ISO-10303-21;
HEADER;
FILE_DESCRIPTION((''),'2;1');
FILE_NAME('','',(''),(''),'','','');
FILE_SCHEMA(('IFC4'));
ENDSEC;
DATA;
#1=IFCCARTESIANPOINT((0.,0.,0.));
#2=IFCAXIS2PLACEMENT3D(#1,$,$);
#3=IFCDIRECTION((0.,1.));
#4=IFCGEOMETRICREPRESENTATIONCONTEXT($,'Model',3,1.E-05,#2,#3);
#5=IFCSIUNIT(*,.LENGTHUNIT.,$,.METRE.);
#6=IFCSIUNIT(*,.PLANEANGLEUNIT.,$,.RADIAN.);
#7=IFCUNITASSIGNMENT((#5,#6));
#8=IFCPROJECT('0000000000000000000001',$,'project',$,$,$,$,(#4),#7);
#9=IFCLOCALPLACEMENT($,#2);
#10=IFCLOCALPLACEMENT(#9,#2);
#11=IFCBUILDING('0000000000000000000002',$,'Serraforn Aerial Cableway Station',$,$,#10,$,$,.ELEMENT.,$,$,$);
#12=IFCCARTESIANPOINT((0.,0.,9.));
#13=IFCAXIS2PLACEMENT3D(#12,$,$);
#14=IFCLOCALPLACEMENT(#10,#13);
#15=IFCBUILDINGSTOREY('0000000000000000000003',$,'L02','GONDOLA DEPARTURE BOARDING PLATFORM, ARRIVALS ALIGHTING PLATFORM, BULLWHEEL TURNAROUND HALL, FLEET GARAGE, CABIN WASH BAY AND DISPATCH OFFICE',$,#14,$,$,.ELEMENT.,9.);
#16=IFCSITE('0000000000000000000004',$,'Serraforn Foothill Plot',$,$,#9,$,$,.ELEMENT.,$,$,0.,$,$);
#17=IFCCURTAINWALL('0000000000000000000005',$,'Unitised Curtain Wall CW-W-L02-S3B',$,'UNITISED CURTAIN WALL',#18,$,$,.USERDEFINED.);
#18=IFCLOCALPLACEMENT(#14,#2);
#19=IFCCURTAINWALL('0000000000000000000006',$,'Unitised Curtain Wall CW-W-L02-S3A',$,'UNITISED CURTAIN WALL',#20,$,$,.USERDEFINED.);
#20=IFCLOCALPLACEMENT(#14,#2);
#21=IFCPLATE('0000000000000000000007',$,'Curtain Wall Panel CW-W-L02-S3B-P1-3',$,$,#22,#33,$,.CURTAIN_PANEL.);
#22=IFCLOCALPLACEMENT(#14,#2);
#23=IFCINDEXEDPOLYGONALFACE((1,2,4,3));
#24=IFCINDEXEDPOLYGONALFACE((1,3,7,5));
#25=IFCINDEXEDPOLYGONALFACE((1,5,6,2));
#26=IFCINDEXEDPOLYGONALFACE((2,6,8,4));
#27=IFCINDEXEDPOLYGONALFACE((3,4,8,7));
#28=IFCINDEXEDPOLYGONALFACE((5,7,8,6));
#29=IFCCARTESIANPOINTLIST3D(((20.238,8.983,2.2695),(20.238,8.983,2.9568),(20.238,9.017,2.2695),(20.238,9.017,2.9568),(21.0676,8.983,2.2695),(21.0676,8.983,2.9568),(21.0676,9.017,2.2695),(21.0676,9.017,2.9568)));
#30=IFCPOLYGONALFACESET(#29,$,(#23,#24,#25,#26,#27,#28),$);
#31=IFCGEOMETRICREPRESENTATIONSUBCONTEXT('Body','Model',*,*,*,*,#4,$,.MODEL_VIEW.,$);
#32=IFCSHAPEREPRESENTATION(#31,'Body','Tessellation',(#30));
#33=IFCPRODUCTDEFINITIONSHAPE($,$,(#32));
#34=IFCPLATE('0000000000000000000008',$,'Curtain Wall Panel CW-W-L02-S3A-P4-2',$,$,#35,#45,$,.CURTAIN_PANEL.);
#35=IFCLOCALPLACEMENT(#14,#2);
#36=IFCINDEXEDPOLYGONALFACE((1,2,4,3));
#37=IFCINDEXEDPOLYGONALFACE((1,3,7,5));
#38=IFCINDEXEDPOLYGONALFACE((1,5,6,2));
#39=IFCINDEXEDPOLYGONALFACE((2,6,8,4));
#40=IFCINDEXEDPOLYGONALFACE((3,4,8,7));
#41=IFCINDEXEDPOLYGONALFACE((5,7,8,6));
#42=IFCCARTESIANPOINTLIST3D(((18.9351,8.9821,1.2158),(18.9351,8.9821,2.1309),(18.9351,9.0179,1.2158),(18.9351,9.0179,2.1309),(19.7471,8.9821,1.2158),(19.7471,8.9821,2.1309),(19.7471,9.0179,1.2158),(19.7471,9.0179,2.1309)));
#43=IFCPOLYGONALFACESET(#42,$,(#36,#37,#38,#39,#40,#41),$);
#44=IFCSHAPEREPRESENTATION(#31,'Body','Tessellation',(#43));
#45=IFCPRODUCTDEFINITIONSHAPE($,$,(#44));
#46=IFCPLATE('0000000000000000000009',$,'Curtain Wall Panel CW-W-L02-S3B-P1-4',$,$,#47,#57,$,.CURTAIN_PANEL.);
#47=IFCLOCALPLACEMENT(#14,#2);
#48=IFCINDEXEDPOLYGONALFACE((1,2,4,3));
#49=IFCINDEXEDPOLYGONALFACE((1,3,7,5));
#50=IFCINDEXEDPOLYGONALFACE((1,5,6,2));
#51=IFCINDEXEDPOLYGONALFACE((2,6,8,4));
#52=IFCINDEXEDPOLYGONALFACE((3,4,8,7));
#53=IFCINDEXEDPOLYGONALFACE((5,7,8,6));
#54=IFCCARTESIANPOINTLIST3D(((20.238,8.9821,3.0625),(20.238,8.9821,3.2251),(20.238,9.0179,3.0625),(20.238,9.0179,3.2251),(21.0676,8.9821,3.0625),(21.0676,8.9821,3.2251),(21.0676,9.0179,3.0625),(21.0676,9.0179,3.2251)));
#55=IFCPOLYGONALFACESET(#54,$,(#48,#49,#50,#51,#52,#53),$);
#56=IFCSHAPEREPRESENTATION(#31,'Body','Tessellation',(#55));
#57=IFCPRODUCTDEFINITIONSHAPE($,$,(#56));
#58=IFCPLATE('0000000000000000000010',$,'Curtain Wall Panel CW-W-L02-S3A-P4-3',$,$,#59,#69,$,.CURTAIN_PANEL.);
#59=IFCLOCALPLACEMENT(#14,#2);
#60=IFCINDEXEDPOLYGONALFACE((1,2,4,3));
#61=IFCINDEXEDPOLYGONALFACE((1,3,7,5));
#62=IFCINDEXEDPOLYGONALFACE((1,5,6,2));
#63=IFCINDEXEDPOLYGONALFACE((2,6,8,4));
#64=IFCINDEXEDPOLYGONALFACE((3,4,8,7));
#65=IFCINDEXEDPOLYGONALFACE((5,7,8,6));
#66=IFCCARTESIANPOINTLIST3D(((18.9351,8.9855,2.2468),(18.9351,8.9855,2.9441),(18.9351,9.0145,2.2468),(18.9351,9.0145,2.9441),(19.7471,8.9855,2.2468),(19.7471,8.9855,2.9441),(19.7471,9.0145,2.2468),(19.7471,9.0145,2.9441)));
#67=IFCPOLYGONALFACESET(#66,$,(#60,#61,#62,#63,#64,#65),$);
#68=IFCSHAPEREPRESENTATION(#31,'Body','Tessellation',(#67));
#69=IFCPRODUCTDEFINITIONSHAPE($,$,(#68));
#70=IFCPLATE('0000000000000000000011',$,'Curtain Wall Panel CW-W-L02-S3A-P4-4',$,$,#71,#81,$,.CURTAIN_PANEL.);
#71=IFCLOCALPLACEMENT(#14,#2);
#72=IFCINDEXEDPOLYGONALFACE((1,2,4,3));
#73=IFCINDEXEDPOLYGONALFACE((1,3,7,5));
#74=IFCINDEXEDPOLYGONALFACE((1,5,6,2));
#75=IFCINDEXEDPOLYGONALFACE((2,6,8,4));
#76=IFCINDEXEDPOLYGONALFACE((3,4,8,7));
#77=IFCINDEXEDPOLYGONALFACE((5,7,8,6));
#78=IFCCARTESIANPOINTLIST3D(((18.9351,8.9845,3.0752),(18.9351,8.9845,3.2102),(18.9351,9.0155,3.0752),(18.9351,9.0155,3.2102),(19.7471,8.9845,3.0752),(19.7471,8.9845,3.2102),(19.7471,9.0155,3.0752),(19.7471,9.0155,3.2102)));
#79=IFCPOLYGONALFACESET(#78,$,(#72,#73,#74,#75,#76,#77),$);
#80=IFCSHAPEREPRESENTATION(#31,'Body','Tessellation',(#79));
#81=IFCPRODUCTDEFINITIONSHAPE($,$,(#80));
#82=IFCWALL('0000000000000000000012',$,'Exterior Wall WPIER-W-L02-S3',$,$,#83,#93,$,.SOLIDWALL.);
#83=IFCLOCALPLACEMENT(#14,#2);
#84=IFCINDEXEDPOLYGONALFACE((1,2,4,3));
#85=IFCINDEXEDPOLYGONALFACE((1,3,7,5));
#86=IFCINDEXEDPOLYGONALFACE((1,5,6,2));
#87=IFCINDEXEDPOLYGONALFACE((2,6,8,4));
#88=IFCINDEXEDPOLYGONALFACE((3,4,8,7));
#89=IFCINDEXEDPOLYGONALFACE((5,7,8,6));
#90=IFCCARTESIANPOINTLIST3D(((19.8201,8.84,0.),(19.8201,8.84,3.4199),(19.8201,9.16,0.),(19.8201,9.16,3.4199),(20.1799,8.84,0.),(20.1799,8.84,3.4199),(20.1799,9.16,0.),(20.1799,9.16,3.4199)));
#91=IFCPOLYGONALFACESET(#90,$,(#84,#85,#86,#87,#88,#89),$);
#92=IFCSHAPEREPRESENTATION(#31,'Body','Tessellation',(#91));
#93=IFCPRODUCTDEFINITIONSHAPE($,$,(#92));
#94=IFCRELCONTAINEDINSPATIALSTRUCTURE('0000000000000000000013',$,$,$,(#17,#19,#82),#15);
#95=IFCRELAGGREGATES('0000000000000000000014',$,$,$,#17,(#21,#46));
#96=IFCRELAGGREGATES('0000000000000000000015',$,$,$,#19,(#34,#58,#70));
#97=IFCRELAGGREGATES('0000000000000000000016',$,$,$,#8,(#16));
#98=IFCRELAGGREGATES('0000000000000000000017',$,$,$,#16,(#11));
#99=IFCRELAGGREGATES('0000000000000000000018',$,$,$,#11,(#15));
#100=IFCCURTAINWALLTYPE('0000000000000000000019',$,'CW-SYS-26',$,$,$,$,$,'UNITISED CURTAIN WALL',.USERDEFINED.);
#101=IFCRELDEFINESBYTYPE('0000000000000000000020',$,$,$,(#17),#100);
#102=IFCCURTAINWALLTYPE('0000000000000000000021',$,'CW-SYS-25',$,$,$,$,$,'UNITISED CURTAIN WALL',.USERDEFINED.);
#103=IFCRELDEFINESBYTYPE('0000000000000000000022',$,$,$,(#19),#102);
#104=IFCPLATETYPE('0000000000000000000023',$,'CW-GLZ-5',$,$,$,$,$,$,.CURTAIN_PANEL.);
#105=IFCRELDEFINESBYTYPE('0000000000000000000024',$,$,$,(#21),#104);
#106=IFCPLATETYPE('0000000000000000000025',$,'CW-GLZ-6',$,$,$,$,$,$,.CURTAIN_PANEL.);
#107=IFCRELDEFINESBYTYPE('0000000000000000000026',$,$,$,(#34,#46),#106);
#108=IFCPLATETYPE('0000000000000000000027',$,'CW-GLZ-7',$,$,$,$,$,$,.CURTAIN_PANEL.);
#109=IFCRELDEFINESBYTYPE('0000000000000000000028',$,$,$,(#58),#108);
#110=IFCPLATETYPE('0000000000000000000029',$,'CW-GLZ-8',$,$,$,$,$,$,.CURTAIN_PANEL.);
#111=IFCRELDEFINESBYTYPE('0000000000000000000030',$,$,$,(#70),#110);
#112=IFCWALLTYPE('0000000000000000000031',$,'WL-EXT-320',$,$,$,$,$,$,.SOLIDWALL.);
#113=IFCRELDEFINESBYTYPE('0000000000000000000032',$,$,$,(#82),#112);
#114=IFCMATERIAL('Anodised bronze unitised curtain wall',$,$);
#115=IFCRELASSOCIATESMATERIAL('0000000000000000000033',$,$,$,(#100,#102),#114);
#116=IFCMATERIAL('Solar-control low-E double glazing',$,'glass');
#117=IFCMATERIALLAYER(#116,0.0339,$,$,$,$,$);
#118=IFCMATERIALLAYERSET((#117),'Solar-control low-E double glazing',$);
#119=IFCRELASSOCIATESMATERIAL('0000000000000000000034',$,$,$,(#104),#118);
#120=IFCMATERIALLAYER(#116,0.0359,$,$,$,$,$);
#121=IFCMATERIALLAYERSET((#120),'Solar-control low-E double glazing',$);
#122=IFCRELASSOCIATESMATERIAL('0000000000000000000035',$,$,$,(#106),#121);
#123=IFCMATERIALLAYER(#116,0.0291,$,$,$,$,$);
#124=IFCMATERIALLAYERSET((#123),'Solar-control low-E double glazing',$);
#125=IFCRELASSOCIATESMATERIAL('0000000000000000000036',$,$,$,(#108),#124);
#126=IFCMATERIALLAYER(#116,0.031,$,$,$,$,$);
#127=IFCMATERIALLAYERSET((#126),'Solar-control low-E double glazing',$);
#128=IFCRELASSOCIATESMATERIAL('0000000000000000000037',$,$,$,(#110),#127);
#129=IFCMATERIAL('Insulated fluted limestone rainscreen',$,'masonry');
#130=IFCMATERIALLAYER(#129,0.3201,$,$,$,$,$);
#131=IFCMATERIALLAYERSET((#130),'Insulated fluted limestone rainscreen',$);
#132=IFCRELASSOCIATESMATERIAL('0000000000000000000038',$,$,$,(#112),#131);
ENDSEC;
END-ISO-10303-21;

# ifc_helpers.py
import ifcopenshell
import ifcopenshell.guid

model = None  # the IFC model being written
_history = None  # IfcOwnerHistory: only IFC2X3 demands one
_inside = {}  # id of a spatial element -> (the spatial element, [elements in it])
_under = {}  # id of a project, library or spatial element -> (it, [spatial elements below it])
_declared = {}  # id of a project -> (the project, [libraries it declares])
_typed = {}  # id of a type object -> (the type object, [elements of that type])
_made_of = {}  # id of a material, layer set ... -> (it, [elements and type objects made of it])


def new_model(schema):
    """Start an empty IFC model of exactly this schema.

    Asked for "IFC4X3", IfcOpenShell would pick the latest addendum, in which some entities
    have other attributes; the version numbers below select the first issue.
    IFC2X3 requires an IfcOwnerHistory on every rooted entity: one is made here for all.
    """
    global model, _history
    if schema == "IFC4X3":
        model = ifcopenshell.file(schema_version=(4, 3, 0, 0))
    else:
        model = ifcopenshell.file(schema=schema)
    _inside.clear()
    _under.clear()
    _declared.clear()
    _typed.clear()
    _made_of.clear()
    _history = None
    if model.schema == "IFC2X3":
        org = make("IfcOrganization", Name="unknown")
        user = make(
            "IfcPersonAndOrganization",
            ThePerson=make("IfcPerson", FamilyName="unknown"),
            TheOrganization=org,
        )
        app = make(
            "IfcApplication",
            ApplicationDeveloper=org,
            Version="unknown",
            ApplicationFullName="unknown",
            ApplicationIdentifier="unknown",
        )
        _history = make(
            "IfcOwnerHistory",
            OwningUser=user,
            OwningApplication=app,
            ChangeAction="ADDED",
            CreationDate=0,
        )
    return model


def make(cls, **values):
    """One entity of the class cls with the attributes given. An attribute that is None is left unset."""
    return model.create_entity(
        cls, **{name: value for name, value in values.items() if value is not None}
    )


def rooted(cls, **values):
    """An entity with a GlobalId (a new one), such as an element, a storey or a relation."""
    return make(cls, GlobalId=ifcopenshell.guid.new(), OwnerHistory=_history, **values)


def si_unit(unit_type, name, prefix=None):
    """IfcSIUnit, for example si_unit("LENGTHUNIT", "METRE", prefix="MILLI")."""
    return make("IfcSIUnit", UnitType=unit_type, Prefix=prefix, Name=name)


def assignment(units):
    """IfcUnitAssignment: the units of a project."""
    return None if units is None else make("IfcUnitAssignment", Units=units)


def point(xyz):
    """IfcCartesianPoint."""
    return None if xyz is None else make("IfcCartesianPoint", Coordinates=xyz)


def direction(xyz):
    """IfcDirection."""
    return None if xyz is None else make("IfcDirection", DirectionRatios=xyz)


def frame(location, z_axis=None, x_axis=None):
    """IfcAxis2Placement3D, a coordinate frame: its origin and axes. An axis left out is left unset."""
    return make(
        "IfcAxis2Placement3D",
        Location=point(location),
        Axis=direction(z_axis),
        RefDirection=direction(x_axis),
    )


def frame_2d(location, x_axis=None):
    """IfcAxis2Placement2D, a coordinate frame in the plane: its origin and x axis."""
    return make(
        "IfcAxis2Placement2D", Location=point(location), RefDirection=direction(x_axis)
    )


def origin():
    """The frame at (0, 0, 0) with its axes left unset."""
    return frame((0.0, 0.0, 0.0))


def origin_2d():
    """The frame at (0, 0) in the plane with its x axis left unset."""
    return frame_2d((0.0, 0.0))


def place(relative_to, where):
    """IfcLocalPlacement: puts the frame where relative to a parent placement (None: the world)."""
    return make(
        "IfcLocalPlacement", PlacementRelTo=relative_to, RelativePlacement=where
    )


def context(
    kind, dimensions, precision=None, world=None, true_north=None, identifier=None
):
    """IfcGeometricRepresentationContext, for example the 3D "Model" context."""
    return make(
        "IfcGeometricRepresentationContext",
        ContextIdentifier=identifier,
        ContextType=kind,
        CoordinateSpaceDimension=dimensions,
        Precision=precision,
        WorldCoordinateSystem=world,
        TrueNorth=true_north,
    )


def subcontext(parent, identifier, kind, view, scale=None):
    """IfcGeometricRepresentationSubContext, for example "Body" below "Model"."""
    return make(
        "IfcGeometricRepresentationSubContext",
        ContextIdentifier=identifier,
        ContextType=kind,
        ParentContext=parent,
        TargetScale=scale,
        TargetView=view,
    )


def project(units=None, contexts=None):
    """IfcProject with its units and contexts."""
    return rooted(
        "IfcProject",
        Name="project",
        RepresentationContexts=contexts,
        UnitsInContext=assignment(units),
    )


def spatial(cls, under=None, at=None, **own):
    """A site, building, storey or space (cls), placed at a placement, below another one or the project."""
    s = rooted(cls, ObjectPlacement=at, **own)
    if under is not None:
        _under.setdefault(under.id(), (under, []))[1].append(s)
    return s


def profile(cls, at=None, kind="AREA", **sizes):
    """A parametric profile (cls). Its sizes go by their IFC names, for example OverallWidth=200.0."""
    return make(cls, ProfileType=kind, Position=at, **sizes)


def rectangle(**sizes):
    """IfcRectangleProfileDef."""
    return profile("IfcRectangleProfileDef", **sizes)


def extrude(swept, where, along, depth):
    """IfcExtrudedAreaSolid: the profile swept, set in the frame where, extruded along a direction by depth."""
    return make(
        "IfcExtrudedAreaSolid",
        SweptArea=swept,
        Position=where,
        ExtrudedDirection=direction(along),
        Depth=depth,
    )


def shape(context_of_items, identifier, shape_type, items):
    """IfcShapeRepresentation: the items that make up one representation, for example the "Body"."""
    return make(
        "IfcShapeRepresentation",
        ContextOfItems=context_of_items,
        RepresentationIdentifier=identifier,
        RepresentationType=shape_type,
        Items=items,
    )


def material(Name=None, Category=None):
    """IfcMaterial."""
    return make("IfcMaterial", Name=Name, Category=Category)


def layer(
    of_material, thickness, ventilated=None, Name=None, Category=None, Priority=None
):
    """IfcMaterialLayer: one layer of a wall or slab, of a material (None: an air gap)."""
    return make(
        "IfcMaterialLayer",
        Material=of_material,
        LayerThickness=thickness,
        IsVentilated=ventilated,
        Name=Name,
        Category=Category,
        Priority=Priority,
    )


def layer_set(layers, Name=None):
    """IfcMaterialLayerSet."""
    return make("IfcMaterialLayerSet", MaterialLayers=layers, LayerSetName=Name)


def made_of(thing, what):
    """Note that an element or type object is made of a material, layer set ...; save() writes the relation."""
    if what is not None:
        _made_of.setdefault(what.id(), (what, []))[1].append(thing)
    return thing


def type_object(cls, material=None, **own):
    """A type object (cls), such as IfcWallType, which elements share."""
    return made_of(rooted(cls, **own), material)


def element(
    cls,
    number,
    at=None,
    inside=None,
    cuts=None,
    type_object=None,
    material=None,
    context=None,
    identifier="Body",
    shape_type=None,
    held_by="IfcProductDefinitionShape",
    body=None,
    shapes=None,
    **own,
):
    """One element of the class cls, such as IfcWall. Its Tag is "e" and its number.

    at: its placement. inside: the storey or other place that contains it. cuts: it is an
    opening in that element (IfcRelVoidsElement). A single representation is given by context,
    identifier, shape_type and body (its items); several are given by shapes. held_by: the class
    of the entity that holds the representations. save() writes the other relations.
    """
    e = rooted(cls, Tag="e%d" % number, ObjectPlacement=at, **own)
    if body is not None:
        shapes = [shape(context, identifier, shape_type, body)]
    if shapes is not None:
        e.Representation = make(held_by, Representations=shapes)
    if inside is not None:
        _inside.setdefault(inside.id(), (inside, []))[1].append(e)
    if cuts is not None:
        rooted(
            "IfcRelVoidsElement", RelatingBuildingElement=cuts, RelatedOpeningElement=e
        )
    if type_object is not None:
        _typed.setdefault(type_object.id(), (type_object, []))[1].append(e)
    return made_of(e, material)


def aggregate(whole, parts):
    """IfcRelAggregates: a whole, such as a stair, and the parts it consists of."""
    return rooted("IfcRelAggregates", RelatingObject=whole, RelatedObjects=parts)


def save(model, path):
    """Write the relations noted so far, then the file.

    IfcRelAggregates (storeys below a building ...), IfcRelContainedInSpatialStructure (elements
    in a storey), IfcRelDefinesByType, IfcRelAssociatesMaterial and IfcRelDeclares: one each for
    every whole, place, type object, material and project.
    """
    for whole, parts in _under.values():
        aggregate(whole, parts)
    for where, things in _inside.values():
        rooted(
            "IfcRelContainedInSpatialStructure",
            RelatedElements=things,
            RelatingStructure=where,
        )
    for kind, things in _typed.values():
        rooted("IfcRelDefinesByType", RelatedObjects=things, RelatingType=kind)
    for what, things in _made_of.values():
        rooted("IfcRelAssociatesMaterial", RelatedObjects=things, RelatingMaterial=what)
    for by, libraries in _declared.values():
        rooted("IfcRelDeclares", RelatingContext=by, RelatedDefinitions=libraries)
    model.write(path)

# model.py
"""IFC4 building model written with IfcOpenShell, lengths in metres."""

from ifc_helpers import new_model, si_unit, direction, frame, frame_2d, origin, origin_2d, place, context, subcontext, project, spatial, rectangle, extrude, material, layer, layer_set, type_object, element, aggregate, save


model = new_model("IFC4")

# Units and contexts
model_context = context("Model", 3, precision=1e-05, world=origin(), true_north=direction((0.0, 1.0)))
body_context = subcontext(model_context, "Body", "Model", "MODEL_VIEW")
ifc_project = project(units=[si_unit("LENGTHUNIT", "METRE"), si_unit("PLANEANGLEUNIT", "RADIAN")], contexts=[model_context])

# Site, building, storey
site_placement = place(None, origin())
site = spatial("IfcSite", under=ifc_project, at=site_placement, Name="Serraforn Foothill Plot", CompositionType="ELEMENT", RefElevation=0.0)
building_placement = place(site_placement, origin())
building = spatial("IfcBuilding", under=site, at=building_placement, Name="Serraforn Aerial Cableway Station", CompositionType="ELEMENT")
storey_placement = place(building_placement, frame((0.0, 0.0, 9.0)))
storey = spatial("IfcBuildingStorey", under=building, at=storey_placement, Name="L02", Description="GONDOLA DEPARTURE BOARDING PLATFORM, ARRIVALS ALIGHTING PLATFORM, BULLWHEEL TURNAROUND HALL, FLEET GARAGE, CABIN WASH BAY AND DISPATCH OFFICE", CompositionType="ELEMENT", Elevation=9.0)

# Curtain walls
ifc_material_1 = material(Name="Anodised bronze unitised curtain wall")
curtain_wall_type_1 = type_object("IfcCurtainWallType", Name="CW-SYS-26", ElementType="UNITISED CURTAIN WALL", PredefinedType="USERDEFINED", material=ifc_material_1)
curtain_wall_1_placement = place(storey_placement, origin())
curtain_wall_1 = element("IfcCurtainWall", 1, at=curtain_wall_1_placement, inside=storey, type_object=curtain_wall_type_1, Name="Unitised Curtain Wall CW-W-L02-S3B", ObjectType="UNITISED CURTAIN WALL", PredefinedType="USERDEFINED")
curtain_wall_type_2 = type_object("IfcCurtainWallType", Name="CW-SYS-25", ElementType="UNITISED CURTAIN WALL", PredefinedType="USERDEFINED", material=ifc_material_1)
curtain_wall_2_placement = place(storey_placement, origin())
curtain_wall_2 = element("IfcCurtainWall", 2, at=curtain_wall_2_placement, inside=storey, type_object=curtain_wall_type_2, Name="Unitised Curtain Wall CW-W-L02-S3A", ObjectType="UNITISED CURTAIN WALL", PredefinedType="USERDEFINED")

# Plates
ifc_material_2 = material(Name="Solar-control low-E double glazing", Category="glass")
ifc_layer_1 = layer(ifc_material_2, 0.0339)
ifc_layer_set_1 = layer_set([ifc_layer_1], Name="Solar-control low-E double glazing")
plate_type_1 = type_object("IfcPlateType", Name="CW-GLZ-5", PredefinedType="CURTAIN_PANEL", material=ifc_layer_set_1)
plate_1_placement = place(storey_placement, frame((20.6528, 9.0, 2.2695), z_axis=(0.0, 0.0, 1.0), x_axis=(1.0, 0.0, 0.0)))
plate_1 = element("IfcPlate", 3, at=plate_1_placement, type_object=plate_type_1, Name="Curtain Wall Panel CW-W-L02-S3B-P1-3", PredefinedType="CURTAIN_PANEL", context=body_context, shape_type="SweptSolid", body=[
    extrude(rectangle(XDim=0.8296, YDim=0.0339, at=origin_2d()), origin(), (0.0, 0.0, 1.0), 0.6873),
])
ifc_layer_2 = layer(ifc_material_2, 0.0359)
ifc_layer_set_2 = layer_set([ifc_layer_2], Name="Solar-control low-E double glazing")
plate_type_2 = type_object("IfcPlateType", Name="CW-GLZ-6", PredefinedType="CURTAIN_PANEL", material=ifc_layer_set_2)
plate_2_placement = place(storey_placement, frame((19.3411, 9.0, 1.2158), z_axis=(0.0, 0.0, 1.0), x_axis=(1.0, 0.0, 0.0)))
plate_2 = element("IfcPlate", 4, at=plate_2_placement, type_object=plate_type_2, Name="Curtain Wall Panel CW-W-L02-S3A-P4-2", PredefinedType="CURTAIN_PANEL", context=body_context, shape_type="SweptSolid", body=[
    extrude(rectangle(XDim=0.812, YDim=0.0359, at=origin_2d()), origin(), (0.0, 0.0, 1.0), 0.915),
])
plate_3_placement = place(storey_placement, frame((20.6528, 9.0, 3.0625), z_axis=(0.0, 0.0, 1.0), x_axis=(1.0, 0.0, 0.0)))
plate_3 = element("IfcPlate", 5, at=plate_3_placement, type_object=plate_type_2, Name="Curtain Wall Panel CW-W-L02-S3B-P1-4", PredefinedType="CURTAIN_PANEL", context=body_context, shape_type="SweptSolid", body=[
    extrude(rectangle(XDim=0.8296, YDim=0.0359, at=origin_2d()), origin(), (0.0, 0.0, 1.0), 0.1626),
])
aggregate(curtain_wall_1, [plate_1, plate_3])
ifc_layer_3 = layer(ifc_material_2, 0.0291)
ifc_layer_set_3 = layer_set([ifc_layer_3], Name="Solar-control low-E double glazing")
plate_type_3 = type_object("IfcPlateType", Name="CW-GLZ-7", PredefinedType="CURTAIN_PANEL", material=ifc_layer_set_3)
plate_4_placement = place(storey_placement, frame((19.3411, 9.0, 2.2468), z_axis=(0.0, 0.0, 1.0), x_axis=(1.0, 0.0, 0.0)))
plate_4 = element("IfcPlate", 6, at=plate_4_placement, type_object=plate_type_3, Name="Curtain Wall Panel CW-W-L02-S3A-P4-3", PredefinedType="CURTAIN_PANEL", context=body_context, shape_type="SweptSolid", body=[
    extrude(rectangle(XDim=0.812, YDim=0.0291, at=origin_2d()), origin(), (0.0, 0.0, 1.0), 0.6973),
])
ifc_layer_4 = layer(ifc_material_2, 0.031)
ifc_layer_set_4 = layer_set([ifc_layer_4], Name="Solar-control low-E double glazing")
plate_type_4 = type_object("IfcPlateType", Name="CW-GLZ-8", PredefinedType="CURTAIN_PANEL", material=ifc_layer_set_4)
plate_5_placement = place(storey_placement, frame((19.3411, 9.0, 3.0752), z_axis=(0.0, 0.0, 1.0), x_axis=(1.0, 0.0, 0.0)))
plate_5 = element("IfcPlate", 7, at=plate_5_placement, type_object=plate_type_4, Name="Curtain Wall Panel CW-W-L02-S3A-P4-4", PredefinedType="CURTAIN_PANEL", context=body_context, shape_type="SweptSolid", body=[
    extrude(rectangle(XDim=0.812, YDim=0.031, at=origin_2d()), origin(), (0.0, 0.0, 1.0), 0.135),
])
aggregate(curtain_wall_2, [plate_2, plate_4, plate_5])

# Wall
ifc_material_3 = material(Name="Insulated fluted limestone rainscreen", Category="masonry")
ifc_layer_5 = layer(ifc_material_3, 0.3201)
ifc_layer_set_5 = layer_set([ifc_layer_5], Name="Insulated fluted limestone rainscreen")
wall_type = type_object("IfcWallType", Name="WL-EXT-320", PredefinedType="SOLIDWALL", material=ifc_layer_set_5)
wall_placement = place(storey_placement, frame((19.8201, 9.0, 0.0), z_axis=(0.0, 0.0, 1.0), x_axis=(1.0, 0.0, 0.0)))
element("IfcWall", 8, at=wall_placement, inside=storey, type_object=wall_type, Name="Exterior Wall WPIER-W-L02-S3", PredefinedType="SOLIDWALL", context=body_context, shape_type="SweptSolid", body=[
    extrude(rectangle(XDim=0.3599, YDim=0.3201, at=frame_2d((0.1799, 0.0))), origin(), (0.0, 0.0, 1.0), 3.4199),
])

save(model, "model.ifc")
